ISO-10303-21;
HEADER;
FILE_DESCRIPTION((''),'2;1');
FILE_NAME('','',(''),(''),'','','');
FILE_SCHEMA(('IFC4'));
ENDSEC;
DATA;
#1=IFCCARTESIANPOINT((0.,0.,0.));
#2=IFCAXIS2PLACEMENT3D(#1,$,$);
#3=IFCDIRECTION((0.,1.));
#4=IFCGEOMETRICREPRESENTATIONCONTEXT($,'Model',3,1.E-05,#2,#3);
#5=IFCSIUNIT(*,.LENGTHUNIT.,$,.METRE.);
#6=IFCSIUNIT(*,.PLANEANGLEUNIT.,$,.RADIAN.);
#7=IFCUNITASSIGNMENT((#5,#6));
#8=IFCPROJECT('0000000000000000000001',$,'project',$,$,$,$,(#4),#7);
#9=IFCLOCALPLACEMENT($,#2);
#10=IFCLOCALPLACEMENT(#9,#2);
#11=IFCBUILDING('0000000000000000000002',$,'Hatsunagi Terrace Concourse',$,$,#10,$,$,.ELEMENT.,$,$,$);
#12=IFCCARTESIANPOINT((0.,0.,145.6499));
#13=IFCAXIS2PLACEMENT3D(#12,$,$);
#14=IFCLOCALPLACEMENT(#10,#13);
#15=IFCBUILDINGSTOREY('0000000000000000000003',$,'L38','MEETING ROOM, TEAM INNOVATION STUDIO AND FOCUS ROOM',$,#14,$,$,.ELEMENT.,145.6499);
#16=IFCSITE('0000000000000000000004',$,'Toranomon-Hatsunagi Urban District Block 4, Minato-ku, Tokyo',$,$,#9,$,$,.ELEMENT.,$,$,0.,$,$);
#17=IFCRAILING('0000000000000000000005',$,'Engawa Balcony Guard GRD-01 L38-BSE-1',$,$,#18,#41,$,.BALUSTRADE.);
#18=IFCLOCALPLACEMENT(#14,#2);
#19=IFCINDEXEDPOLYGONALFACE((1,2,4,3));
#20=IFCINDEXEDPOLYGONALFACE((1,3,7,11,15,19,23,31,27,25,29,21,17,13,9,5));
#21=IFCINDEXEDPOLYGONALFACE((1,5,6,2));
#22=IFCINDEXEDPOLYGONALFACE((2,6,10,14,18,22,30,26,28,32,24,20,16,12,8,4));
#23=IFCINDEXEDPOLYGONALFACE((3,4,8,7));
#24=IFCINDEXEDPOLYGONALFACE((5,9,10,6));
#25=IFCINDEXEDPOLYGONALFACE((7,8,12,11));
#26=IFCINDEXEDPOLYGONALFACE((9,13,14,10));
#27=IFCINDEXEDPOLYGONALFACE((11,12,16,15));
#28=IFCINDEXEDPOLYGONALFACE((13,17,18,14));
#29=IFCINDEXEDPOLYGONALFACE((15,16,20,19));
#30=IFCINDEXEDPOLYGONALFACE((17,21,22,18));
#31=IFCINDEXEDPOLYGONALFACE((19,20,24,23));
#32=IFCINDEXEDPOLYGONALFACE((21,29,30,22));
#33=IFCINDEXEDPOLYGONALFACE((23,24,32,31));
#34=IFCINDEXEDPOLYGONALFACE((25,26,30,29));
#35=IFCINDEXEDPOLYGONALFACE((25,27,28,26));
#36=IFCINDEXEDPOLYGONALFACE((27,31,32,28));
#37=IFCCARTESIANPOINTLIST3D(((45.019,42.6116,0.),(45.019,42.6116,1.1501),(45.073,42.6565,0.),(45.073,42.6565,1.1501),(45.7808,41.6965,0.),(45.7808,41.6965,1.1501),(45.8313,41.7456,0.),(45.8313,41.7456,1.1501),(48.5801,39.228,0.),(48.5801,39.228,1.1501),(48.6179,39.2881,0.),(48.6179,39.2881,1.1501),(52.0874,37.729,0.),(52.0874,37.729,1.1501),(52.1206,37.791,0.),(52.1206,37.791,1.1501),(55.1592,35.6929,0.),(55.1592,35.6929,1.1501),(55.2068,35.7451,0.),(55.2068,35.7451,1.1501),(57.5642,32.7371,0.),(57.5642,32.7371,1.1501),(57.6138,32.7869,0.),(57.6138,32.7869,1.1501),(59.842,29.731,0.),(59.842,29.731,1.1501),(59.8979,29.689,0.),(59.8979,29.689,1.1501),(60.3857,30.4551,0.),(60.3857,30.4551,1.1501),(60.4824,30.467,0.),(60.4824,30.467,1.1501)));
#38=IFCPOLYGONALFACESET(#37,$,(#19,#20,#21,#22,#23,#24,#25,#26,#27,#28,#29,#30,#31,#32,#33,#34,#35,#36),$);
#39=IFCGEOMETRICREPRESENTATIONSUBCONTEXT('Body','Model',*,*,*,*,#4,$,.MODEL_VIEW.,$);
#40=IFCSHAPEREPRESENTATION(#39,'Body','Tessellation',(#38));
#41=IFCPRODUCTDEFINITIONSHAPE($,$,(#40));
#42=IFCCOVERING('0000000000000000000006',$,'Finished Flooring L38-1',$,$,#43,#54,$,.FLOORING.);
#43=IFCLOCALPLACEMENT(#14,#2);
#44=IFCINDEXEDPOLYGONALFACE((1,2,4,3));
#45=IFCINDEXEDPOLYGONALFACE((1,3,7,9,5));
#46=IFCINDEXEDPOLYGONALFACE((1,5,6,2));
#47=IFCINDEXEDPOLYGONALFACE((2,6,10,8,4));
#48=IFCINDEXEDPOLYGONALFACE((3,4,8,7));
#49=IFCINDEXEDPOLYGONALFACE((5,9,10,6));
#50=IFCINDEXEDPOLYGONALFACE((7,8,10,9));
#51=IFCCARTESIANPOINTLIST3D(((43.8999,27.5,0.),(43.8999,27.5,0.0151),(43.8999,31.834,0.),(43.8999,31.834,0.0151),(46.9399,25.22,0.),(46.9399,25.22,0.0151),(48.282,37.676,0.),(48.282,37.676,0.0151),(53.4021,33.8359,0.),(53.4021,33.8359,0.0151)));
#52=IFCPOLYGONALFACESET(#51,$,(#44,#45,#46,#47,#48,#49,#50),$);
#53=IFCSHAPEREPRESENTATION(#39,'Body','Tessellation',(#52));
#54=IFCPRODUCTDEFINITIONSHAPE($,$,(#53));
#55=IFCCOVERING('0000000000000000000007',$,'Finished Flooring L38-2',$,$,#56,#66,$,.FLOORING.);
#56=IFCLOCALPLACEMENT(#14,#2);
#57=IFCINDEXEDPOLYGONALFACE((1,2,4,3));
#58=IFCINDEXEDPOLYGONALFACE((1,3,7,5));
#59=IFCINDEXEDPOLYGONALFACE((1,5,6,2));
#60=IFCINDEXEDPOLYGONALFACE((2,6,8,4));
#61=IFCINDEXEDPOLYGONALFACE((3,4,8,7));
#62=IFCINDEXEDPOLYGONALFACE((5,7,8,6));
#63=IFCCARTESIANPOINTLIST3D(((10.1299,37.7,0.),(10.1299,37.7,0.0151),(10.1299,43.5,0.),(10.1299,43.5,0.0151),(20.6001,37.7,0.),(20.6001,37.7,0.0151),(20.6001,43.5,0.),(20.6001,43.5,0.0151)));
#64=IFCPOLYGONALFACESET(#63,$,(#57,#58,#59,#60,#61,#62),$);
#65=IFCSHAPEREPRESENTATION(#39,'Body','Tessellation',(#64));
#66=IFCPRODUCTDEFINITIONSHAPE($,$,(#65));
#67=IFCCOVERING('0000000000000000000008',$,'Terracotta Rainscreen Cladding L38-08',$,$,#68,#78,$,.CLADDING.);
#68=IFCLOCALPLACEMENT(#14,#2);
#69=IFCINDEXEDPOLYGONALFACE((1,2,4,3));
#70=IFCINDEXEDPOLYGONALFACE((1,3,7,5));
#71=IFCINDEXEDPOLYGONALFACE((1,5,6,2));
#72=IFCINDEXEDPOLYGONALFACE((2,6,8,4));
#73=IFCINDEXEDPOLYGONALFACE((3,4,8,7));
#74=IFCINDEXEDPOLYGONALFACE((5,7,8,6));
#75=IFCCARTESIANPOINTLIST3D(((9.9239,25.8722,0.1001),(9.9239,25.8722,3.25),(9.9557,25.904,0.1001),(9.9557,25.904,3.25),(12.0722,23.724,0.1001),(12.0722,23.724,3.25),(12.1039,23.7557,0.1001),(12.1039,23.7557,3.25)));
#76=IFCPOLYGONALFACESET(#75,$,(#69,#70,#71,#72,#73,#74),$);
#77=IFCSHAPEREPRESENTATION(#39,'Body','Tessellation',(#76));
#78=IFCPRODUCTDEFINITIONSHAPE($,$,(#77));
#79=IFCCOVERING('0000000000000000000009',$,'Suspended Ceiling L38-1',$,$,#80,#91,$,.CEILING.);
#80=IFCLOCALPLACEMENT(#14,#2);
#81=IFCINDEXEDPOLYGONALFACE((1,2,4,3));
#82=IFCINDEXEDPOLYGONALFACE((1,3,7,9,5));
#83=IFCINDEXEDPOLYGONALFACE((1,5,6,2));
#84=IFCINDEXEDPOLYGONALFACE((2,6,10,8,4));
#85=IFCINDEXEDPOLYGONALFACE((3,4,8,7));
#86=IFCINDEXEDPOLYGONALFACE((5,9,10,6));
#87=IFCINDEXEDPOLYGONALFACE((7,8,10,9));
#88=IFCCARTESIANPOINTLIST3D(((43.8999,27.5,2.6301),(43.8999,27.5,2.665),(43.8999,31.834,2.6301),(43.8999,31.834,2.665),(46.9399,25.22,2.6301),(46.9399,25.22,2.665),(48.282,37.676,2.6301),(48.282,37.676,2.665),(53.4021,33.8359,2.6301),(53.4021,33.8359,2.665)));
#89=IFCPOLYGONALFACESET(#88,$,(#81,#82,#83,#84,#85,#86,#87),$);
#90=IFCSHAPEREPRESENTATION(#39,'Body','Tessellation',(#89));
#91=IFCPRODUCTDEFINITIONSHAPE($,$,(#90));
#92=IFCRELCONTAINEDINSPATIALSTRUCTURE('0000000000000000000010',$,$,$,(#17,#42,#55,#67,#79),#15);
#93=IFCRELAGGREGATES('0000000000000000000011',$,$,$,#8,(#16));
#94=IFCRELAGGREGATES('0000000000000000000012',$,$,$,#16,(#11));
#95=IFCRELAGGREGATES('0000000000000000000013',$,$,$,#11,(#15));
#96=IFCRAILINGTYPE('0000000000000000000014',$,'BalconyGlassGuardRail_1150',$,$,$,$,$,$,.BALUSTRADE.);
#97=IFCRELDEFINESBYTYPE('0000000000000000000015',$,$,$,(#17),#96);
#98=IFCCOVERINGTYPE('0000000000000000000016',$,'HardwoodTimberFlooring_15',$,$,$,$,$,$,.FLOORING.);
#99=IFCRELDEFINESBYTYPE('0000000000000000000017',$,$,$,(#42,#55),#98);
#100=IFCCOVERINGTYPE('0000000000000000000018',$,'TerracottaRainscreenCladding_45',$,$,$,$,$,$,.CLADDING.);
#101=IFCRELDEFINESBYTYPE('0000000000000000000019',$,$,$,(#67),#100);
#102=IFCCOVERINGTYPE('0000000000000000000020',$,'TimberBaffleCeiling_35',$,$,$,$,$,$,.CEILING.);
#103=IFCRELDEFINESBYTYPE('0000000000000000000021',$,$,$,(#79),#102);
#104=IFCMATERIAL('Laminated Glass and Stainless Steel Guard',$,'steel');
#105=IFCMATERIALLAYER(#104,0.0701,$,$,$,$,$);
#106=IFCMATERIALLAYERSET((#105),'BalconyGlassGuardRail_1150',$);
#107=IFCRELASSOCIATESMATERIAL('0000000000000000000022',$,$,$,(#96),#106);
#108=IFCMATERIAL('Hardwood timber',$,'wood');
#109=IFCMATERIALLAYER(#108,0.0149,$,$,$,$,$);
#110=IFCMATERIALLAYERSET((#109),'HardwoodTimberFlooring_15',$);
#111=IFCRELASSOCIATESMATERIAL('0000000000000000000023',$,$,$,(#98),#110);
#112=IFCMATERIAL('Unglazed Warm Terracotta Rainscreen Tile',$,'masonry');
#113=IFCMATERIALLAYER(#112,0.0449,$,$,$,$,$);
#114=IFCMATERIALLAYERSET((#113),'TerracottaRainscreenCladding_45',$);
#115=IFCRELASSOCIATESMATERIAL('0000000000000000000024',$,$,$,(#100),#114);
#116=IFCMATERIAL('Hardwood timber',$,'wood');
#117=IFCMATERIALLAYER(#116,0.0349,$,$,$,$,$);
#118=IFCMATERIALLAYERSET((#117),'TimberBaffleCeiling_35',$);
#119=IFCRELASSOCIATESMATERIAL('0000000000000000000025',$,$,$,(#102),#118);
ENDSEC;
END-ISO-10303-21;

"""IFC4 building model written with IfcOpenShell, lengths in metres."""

from ifc_helpers import new_model, si_unit, direction, frame, origin, origin_2d, place, context, subcontext, project, spatial, polyline, rectangle, outline, extrude, material, layer, layer_set, type_object, element, save


model = new_model("IFC4")

# Units and contexts
model_context = context("Model", 3, precision=1e-05, world=origin(), true_north=direction((0.0, 1.0)))
body_context = subcontext(model_context, "Body", "Model", "MODEL_VIEW")
ifc_project = project(units=[si_unit("LENGTHUNIT", "METRE"), si_unit("PLANEANGLEUNIT", "RADIAN")], contexts=[model_context])

# Site, building, storey
site_placement = place(None, origin())
site = spatial("IfcSite", under=ifc_project, at=site_placement, Name="Toranomon-Hatsunagi Urban District Block 4, Minato-ku, Tokyo", CompositionType="ELEMENT", RefElevation=0.0)
building_placement = place(site_placement, origin())
building = spatial("IfcBuilding", under=site, at=building_placement, Name="Hatsunagi Terrace Concourse", CompositionType="ELEMENT")
storey_placement = place(building_placement, frame((0.0, 0.0, 145.6499)))
storey = spatial("IfcBuildingStorey", under=building, at=storey_placement, Name="L38", Description="MEETING ROOM, TEAM INNOVATION STUDIO AND FOCUS ROOM", CompositionType="ELEMENT", Elevation=145.6499)

# Railing
ifc_material_1 = material(Name="Laminated Glass and Stainless Steel Guard", Category="steel")
ifc_layer_1 = layer(ifc_material_1, 0.0701)
ifc_layer_set_1 = layer_set([ifc_layer_1], Name="BalconyGlassGuardRail_1150")
railing_type = type_object("IfcRailingType", Name="BalconyGlassGuardRail_1150", PredefinedType="BALUSTRADE", material=ifc_layer_set_1)
railing_1_placement = place(storey_placement, origin())
element("IfcRailing", 1, at=railing_1_placement, inside=storey, type_object=railing_type, Name="Engawa Balcony Guard GRD-01 L38-BSE-1", PredefinedType="BALUSTRADE", context=body_context, shape_type="SweptSolid", body=[
    extrude(outline(polyline([(45.073, 42.6565), (45.019, 42.6116), (45.7808, 41.6965), (48.5801, 39.228), (52.0874, 37.729), (55.1592, 35.6929), (57.5642, 32.7371), (60.3857, 30.4551), (59.842, 29.731), (59.8979, 29.689), (60.4824, 30.467), (57.6138, 32.7869), (55.2068, 35.7451), (52.1206, 37.791), (48.6179, 39.2881), (45.8313, 41.7456), (45.073, 42.6565)])), origin(), (0.0, 0.0, 1.0), 1.1501),
])

# Coverings
ifc_material_2 = material(Name="Hardwood timber", Category="wood")
ifc_layer_2 = layer(ifc_material_2, 0.0149)
ifc_layer_set_2 = layer_set([ifc_layer_2], Name="HardwoodTimberFlooring_15")
covering_type_1 = type_object("IfcCoveringType", Name="HardwoodTimberFlooring_15", PredefinedType="FLOORING", material=ifc_layer_set_2)
covering_1_placement = place(storey_placement, origin())
element("IfcCovering", 2, at=covering_1_placement, inside=storey, type_object=covering_type_1, Name="Finished Flooring L38-1", PredefinedType="FLOORING", context=body_context, shape_type="SweptSolid", body=[
    extrude(outline(polyline([(48.282, 37.676), (43.8999, 31.834), (43.8999, 27.5), (46.9399, 25.22), (53.4021, 33.8359), (48.282, 37.676)])), origin(), (0.0, 0.0, 1.0), 0.0151),
])
covering_2_placement = place(storey_placement, origin())
element("IfcCovering", 3, at=covering_2_placement, inside=storey, type_object=covering_type_1, Name="Finished Flooring L38-2", PredefinedType="FLOORING", context=body_context, shape_type="SweptSolid", body=[
    extrude(outline(polyline([(10.1299, 37.7), (20.6001, 37.7), (20.6001, 43.5), (10.1299, 43.5), (10.1299, 37.7)])), origin(), (0.0, 0.0, 1.0), 0.0151),
])
ifc_material_3 = material(Name="Unglazed Warm Terracotta Rainscreen Tile", Category="masonry")
ifc_layer_3 = layer(ifc_material_3, 0.0449)
ifc_layer_set_3 = layer_set([ifc_layer_3], Name="TerracottaRainscreenCladding_45")
covering_type_2 = type_object("IfcCoveringType", Name="TerracottaRainscreenCladding_45", PredefinedType="CLADDING", material=ifc_layer_set_3)
covering_3_placement = place(storey_placement, frame((11.0139, 24.814, 0.1001), z_axis=(0.0, 0.0, 1.0), x_axis=(-0.707107, 0.707107, 0.0)))
element("IfcCovering", 4, at=covering_3_placement, inside=storey, type_object=covering_type_2, Name="Terracotta Rainscreen Cladding L38-08", PredefinedType="CLADDING", context=body_context, shape_type="SweptSolid", body=[
    extrude(rectangle(XDim=3.0381, YDim=0.0449, at=origin_2d()), origin(), (0.0, 0.0, 1.0), 3.1499),
])
ifc_material_4 = material(Name="Hardwood timber", Category="wood")
ifc_layer_4 = layer(ifc_material_4, 0.0349)
ifc_layer_set_4 = layer_set([ifc_layer_4], Name="TimberBaffleCeiling_35")
covering_type_3 = type_object("IfcCoveringType", Name="TimberBaffleCeiling_35", PredefinedType="CEILING", material=ifc_layer_set_4)
covering_4_placement = place(storey_placement, frame((0.0, 0.0, 2.6301)))
element("IfcCovering", 5, at=covering_4_placement, inside=storey, type_object=covering_type_3, Name="Suspended Ceiling L38-1", PredefinedType="CEILING", context=body_context, shape_type="SweptSolid", body=[
    extrude(outline(polyline([(48.282, 37.676), (43.8999, 31.834), (43.8999, 27.5), (46.9399, 25.22), (53.4021, 33.8359), (48.282, 37.676)])), origin(), (0.0, 0.0, 1.0), 0.0349),
])

save(model, "model.ifc")
